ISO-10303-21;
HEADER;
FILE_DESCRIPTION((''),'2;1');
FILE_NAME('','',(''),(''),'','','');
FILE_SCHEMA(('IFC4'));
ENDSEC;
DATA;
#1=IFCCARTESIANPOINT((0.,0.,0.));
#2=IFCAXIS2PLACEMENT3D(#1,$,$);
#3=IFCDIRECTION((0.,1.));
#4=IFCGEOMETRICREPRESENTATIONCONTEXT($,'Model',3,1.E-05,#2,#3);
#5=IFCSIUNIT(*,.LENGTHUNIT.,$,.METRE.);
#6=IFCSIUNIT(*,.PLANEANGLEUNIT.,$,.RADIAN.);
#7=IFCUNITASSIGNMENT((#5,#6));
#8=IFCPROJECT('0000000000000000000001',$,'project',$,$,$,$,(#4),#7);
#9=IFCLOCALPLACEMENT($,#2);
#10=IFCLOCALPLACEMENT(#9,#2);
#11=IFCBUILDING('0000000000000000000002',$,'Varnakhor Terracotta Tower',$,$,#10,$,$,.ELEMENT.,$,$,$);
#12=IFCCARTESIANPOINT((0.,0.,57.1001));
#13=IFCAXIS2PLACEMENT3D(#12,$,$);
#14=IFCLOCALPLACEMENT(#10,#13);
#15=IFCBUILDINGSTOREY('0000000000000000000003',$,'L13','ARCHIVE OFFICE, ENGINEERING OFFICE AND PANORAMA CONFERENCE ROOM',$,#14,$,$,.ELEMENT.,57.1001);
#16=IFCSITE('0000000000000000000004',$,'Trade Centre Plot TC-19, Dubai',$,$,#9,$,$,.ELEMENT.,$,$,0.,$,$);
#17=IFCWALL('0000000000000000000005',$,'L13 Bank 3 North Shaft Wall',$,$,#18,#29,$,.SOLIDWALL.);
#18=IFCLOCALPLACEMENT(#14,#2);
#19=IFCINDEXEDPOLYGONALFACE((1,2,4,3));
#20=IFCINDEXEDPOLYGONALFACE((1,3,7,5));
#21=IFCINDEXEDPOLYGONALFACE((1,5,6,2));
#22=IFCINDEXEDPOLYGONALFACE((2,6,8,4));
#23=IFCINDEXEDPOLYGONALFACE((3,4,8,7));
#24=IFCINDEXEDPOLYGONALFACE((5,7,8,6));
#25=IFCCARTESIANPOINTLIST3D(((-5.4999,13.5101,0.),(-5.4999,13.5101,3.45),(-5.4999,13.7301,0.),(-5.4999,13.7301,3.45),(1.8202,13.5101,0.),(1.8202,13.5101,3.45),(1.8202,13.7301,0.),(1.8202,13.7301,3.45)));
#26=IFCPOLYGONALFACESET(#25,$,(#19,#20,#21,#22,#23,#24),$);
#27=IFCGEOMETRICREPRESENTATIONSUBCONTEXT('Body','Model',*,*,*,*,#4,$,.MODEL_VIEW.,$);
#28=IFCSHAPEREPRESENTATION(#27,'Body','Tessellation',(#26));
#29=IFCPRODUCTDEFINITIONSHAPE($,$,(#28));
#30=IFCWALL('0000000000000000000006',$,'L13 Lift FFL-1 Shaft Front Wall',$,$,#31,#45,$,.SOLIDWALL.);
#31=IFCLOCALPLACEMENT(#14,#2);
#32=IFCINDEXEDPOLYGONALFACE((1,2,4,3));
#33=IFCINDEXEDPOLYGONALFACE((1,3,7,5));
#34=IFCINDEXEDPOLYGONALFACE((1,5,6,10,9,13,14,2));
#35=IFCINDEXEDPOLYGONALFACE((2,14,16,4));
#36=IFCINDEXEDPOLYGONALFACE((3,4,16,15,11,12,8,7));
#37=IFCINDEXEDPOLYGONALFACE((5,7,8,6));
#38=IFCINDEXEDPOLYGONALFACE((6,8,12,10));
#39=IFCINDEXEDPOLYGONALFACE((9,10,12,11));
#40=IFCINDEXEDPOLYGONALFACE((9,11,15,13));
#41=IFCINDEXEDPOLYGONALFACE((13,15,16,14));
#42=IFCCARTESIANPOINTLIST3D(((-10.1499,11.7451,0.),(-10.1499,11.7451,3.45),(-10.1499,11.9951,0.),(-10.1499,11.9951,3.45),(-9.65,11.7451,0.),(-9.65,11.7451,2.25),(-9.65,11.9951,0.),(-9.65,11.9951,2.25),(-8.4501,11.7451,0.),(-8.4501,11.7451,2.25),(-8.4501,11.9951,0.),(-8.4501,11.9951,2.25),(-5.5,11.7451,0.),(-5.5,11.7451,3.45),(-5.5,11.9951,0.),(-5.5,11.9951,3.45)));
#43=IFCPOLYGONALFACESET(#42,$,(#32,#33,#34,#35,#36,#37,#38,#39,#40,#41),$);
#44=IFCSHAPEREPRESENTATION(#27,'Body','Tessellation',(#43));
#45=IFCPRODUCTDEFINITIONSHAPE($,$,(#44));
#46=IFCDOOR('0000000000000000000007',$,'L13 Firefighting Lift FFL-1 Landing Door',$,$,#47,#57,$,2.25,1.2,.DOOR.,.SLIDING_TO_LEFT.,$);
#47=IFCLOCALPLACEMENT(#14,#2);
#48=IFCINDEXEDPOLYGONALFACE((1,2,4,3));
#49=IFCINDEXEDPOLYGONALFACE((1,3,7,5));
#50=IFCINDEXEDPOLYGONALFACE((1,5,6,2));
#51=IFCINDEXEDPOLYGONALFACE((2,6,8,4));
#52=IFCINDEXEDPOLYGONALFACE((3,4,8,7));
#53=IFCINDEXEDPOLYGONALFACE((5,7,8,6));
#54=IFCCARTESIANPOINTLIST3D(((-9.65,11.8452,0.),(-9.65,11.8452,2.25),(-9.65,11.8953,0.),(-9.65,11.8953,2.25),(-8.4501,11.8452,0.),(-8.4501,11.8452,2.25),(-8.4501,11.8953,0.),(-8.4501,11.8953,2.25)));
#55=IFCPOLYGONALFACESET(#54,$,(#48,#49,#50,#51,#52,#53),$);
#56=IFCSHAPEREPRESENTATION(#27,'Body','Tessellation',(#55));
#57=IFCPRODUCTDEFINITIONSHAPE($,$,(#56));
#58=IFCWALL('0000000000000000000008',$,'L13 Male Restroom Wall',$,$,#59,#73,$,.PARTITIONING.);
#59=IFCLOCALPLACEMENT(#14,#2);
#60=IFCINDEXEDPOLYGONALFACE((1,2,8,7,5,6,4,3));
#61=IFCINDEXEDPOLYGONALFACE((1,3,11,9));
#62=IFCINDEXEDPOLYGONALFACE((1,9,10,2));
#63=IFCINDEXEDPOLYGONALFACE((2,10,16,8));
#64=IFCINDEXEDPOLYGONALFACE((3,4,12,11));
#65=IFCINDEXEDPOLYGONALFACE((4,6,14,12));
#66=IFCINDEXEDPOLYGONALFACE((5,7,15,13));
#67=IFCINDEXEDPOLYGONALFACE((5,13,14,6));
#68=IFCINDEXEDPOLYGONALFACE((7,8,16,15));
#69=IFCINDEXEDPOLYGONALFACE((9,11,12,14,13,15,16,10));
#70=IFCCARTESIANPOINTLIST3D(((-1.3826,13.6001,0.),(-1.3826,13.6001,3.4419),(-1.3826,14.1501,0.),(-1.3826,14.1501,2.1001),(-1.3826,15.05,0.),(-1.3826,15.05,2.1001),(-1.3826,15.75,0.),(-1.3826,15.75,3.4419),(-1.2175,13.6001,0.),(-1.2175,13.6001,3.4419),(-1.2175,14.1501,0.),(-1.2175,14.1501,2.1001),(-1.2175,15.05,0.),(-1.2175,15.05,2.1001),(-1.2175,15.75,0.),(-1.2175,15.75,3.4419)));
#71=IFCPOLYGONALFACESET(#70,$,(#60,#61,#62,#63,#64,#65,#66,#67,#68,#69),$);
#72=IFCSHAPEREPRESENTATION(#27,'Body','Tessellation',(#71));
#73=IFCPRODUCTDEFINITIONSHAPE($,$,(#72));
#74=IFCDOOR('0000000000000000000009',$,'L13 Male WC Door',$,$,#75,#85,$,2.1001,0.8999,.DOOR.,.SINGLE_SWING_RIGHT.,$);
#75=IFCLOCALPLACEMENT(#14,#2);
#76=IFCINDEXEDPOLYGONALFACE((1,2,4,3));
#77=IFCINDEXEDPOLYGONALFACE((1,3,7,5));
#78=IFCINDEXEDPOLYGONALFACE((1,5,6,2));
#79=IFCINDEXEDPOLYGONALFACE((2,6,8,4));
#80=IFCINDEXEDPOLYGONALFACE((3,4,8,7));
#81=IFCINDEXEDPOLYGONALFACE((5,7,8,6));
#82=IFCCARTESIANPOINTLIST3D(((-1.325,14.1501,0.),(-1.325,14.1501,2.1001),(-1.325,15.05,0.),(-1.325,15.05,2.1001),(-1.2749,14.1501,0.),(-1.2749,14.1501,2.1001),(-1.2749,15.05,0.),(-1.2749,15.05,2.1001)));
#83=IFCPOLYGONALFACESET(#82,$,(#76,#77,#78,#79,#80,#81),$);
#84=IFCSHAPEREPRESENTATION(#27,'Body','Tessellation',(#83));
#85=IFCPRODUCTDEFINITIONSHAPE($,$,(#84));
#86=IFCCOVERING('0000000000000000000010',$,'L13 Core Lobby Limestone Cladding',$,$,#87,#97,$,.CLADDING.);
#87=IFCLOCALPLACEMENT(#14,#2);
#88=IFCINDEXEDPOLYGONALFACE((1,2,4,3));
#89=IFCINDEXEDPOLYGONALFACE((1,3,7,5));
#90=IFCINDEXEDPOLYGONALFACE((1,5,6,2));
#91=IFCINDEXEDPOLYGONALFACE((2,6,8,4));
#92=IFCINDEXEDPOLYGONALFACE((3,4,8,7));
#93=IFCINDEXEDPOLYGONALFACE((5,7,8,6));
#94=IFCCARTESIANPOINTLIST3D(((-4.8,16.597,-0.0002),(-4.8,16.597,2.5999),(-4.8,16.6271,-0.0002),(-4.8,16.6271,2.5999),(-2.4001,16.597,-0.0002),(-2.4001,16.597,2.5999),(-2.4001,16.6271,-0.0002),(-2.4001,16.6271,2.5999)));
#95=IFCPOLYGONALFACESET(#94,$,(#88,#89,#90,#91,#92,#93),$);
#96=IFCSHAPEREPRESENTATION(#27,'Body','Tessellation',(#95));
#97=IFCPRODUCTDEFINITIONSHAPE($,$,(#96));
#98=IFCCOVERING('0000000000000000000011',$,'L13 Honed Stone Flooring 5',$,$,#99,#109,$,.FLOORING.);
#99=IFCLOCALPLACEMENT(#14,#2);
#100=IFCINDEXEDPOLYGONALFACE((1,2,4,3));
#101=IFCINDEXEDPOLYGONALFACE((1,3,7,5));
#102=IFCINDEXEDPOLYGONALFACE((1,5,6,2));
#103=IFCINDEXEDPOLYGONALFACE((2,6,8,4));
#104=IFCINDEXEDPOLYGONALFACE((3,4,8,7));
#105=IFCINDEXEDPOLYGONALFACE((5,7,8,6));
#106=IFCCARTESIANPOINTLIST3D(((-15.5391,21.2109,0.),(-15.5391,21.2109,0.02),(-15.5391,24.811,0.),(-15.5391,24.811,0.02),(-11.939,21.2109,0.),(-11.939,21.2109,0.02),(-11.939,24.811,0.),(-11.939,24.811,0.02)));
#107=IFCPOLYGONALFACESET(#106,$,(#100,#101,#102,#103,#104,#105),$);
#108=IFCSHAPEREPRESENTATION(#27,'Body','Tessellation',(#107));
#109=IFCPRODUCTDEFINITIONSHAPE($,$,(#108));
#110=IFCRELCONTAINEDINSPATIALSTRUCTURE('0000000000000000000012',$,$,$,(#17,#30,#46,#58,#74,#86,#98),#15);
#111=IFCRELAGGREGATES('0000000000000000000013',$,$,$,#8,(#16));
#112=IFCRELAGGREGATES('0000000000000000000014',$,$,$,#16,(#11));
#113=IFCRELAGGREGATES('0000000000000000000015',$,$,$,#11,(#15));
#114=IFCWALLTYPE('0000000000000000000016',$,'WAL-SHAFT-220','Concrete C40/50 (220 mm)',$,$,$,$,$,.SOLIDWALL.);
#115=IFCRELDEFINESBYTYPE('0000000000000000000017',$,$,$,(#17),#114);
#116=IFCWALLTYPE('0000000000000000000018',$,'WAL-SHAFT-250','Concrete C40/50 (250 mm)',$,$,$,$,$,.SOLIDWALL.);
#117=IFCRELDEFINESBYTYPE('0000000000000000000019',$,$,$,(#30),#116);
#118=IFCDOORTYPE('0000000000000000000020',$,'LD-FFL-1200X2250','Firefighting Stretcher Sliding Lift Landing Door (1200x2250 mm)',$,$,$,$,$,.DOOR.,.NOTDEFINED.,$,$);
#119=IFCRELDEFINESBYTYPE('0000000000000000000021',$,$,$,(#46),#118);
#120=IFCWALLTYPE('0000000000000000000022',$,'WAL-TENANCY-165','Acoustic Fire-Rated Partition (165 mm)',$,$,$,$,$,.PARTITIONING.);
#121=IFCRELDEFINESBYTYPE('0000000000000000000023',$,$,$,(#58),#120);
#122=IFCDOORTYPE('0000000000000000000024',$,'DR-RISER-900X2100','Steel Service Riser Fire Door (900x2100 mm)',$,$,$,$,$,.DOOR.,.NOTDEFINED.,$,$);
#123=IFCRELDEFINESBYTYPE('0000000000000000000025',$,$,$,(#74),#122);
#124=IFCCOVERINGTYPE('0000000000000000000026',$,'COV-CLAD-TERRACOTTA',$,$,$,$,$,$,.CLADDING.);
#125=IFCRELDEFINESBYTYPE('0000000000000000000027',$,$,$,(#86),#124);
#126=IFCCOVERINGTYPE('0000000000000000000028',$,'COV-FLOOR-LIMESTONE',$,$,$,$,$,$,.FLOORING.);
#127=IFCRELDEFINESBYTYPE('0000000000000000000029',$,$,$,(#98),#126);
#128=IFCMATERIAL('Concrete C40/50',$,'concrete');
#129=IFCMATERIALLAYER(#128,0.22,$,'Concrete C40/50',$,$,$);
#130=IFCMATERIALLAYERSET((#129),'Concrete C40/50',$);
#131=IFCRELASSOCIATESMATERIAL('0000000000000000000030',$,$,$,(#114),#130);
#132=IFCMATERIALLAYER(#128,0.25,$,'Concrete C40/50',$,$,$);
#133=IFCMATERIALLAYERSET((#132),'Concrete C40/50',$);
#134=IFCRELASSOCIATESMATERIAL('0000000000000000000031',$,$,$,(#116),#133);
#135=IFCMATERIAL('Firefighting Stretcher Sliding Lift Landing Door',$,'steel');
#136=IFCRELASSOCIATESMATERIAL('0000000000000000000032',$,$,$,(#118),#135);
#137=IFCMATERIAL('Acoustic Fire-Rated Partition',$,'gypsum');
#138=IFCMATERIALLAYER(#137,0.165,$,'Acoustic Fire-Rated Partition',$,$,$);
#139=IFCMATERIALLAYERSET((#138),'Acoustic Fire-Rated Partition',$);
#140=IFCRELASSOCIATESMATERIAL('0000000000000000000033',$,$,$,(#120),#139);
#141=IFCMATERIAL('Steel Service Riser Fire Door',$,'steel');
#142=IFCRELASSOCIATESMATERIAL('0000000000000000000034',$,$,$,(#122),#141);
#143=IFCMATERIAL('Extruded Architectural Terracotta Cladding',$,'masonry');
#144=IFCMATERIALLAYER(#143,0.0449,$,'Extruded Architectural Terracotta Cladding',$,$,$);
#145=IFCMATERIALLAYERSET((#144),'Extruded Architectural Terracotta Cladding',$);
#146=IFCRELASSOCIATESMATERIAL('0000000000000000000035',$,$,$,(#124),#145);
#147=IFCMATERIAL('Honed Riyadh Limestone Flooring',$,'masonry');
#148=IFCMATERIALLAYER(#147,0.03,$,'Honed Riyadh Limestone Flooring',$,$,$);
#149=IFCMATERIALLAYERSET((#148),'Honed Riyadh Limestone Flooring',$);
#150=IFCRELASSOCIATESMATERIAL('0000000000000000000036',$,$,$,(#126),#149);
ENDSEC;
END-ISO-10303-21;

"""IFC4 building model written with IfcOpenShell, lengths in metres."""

from ifc_helpers import new_model, si_unit, direction, frame, frame_2d, origin, origin_2d, place, context, subcontext, project, spatial, rectangle, extrude, source, transform, mapped, material, layer, layer_set, type_object, type_shapes, element, fill, save


model = new_model("IFC4")

# Units and contexts
model_context = context("Model", 3, precision=1e-05, world=origin(), true_north=direction((0.0, 1.0)))
body_context = subcontext(model_context, "Body", "Model", "MODEL_VIEW")
ifc_project = project(units=[si_unit("LENGTHUNIT", "METRE"), si_unit("PLANEANGLEUNIT", "RADIAN")], contexts=[model_context])

# Site, building, storey
site_placement = place(None, origin())
site = spatial("IfcSite", under=ifc_project, at=site_placement, Name="Trade Centre Plot TC-19, Dubai", CompositionType="ELEMENT", RefElevation=0.0)
building_placement = place(site_placement, origin())
building = spatial("IfcBuilding", under=site, at=building_placement, Name="Varnakhor Terracotta Tower", CompositionType="ELEMENT")
storey_placement = place(building_placement, frame((0.0, 0.0, 57.1001)))
storey = spatial("IfcBuildingStorey", under=building, at=storey_placement, Name="L13", Description="ARCHIVE OFFICE, ENGINEERING OFFICE AND PANORAMA CONFERENCE ROOM", CompositionType="ELEMENT", Elevation=57.1001)

# Wall
ifc_material_1 = material(Name="Concrete C40/50", Category="concrete")
ifc_layer_1 = layer(ifc_material_1, 0.22, Name="Concrete C40/50")
ifc_layer_set_1 = layer_set([ifc_layer_1], Name="Concrete C40/50")
wall_type_1 = type_object("IfcWallType", Name="WAL-SHAFT-220", Description="Concrete C40/50 (220 mm)", PredefinedType="SOLIDWALL", material=ifc_layer_set_1)
wall_1_placement = place(storey_placement, frame((-5.5, 13.6201, 0.0), z_axis=(0.0, 0.0, 1.0), x_axis=(1.0, 0.0, 0.0)))
element("IfcWall", 1, at=wall_1_placement, inside=storey, type_object=wall_type_1, Name="L13 Bank 3 North Shaft Wall", PredefinedType="SOLIDWALL", context=body_context, shape_type="SweptSolid", body=[
    extrude(rectangle(XDim=7.3201, YDim=0.22, at=frame_2d((3.6602, 0.0))), origin(), (0.0, 0.0, 1.0), 3.45),
])

# Walls, openings, doors
ifc_layer_2 = layer(ifc_material_1, 0.25, Name="Concrete C40/50")
ifc_layer_set_2 = layer_set([ifc_layer_2], Name="Concrete C40/50")
wall_type_2 = type_object("IfcWallType", Name="WAL-SHAFT-250", Description="Concrete C40/50 (250 mm)", PredefinedType="SOLIDWALL", material=ifc_layer_set_2)
wall_2_placement = place(storey_placement, frame((-5.5, 11.8701, 0.0), z_axis=(0.0, 0.0, 1.0), x_axis=(-1.0, 0.0, 0.0)))
wall_2 = element("IfcWall", 2, at=wall_2_placement, inside=storey, type_object=wall_type_2, Name="L13 Lift FFL-1 Shaft Front Wall", PredefinedType="SOLIDWALL", context=body_context, shape_type="SweptSolid", body=[
    extrude(rectangle(XDim=4.6499, YDim=0.25, at=frame_2d((2.325, 0.0))), origin(), (0.0, 0.0, 1.0), 3.45),
])
opening_1_placement = place(wall_2_placement, frame((2.95, 0.0, 0.0)))
opening_1 = element("IfcOpeningElement", 3, at=opening_1_placement, cuts=wall_2, PredefinedType="OPENING", context=body_context, shape_type="SweptSolid", body=[
    extrude(rectangle(XDim=1.2, YDim=2.25, at=frame_2d((0.6001, 1.125))), frame((0.0, 0.135, 0.0), z_axis=(0.0, -1.0, 0.0), x_axis=(1.0, 0.0, 0.0)), (0.0, 0.0, 1.0), 0.27),
])
ifc_material_2 = material(Name="Firefighting Stretcher Sliding Lift Landing Door", Category="steel")
door_type_1 = type_object("IfcDoorType", Name="LD-FFL-1200X2250", Description="Firefighting Stretcher Sliding Lift Landing Door (1200x2250 mm)", OperationType="NOTDEFINED", PredefinedType="DOOR", material=ifc_material_2)
shared_shape_1 = source(origin(), body_context, "Body", "SweptSolid", [
    extrude(rectangle(XDim=1.2, YDim=2.25, at=frame_2d((0.6001, 1.125))), frame((0.0, 0.0249, 0.0), z_axis=(0.0, -1.0, 0.0), x_axis=(1.0, 0.0, 0.0)), (0.0, 0.0, 1.0), 0.05),
])
type_shapes(door_type_1, [shared_shape_1])
door_1_placement = place(opening_1_placement, origin())
door_1 = element("IfcDoor", 4, at=door_1_placement, inside=storey, type_object=door_type_1, Name="L13 Firefighting Lift FFL-1 Landing Door", OperationType="SLIDING_TO_LEFT", OverallHeight=2.25, OverallWidth=1.2, PredefinedType="DOOR", context=body_context, shape_type="MappedRepresentation", body=[
    mapped(shared_shape_1, transform((0.0, 0.0, 0.0), scale=1.0)),
])
fill(opening_1, door_1)
ifc_material_3 = material(Name="Acoustic Fire-Rated Partition", Category="gypsum")
ifc_layer_3 = layer(ifc_material_3, 0.165, Name="Acoustic Fire-Rated Partition")
ifc_layer_set_3 = layer_set([ifc_layer_3], Name="Acoustic Fire-Rated Partition")
wall_type_3 = type_object("IfcWallType", Name="WAL-TENANCY-165", Description="Acoustic Fire-Rated Partition (165 mm)", PredefinedType="PARTITIONING", material=ifc_layer_set_3)
wall_3_placement = place(storey_placement, frame((-1.3, 13.6001, 0.0), z_axis=(0.0, 0.0, 1.0), x_axis=(0.0, 1.0, 0.0)))
wall_3 = element("IfcWall", 5, at=wall_3_placement, inside=storey, type_object=wall_type_3, Name="L13 Male Restroom Wall", PredefinedType="PARTITIONING", context=body_context, shape_type="SweptSolid", body=[
    extrude(rectangle(XDim=2.1499, YDim=0.165, at=frame_2d((1.075, 0.0))), origin(), (0.0, 0.0, 1.0), 3.4419),
])
opening_2_placement = place(wall_3_placement, frame((0.55, 0.0, 0.0)))
opening_2 = element("IfcOpeningElement", 6, at=opening_2_placement, cuts=wall_3, PredefinedType="OPENING", context=body_context, shape_type="SweptSolid", body=[
    extrude(rectangle(XDim=0.8999, YDim=2.1001, at=frame_2d((0.45, 1.05))), frame((0.0, 0.0925, 0.0), z_axis=(0.0, -1.0, 0.0), x_axis=(1.0, 0.0, 0.0)), (0.0, 0.0, 1.0), 0.1851),
])
ifc_material_4 = material(Name="Steel Service Riser Fire Door", Category="steel")
door_type_2 = type_object("IfcDoorType", Name="DR-RISER-900X2100", Description="Steel Service Riser Fire Door (900x2100 mm)", OperationType="NOTDEFINED", PredefinedType="DOOR", material=ifc_material_4)
shared_shape_2 = source(origin(), body_context, "Body", "SweptSolid", [
    extrude(rectangle(XDim=0.8999, YDim=2.1001, at=frame_2d((0.45, 1.05))), frame((0.0, 0.0249, 0.0), z_axis=(0.0, -1.0, 0.0), x_axis=(1.0, 0.0, 0.0)), (0.0, 0.0, 1.0), 0.05),
])
type_shapes(door_type_2, [shared_shape_2])
door_2_placement = place(opening_2_placement, origin())
door_2 = element("IfcDoor", 7, at=door_2_placement, inside=storey, type_object=door_type_2, Name="L13 Male WC Door", OperationType="SINGLE_SWING_RIGHT", OverallHeight=2.1001, OverallWidth=0.8999, PredefinedType="DOOR", context=body_context, shape_type="MappedRepresentation", body=[
    mapped(shared_shape_2, transform((0.0, 0.0, 0.0), scale=1.0)),
])
fill(opening_2, door_2)

# Coverings
ifc_material_5 = material(Name="Extruded Architectural Terracotta Cladding", Category="masonry")
ifc_layer_4 = layer(ifc_material_5, 0.0449, Name="Extruded Architectural Terracotta Cladding")
ifc_layer_set_4 = layer_set([ifc_layer_4], Name="Extruded Architectural Terracotta Cladding")
covering_type_1 = type_object("IfcCoveringType", Name="COV-CLAD-TERRACOTTA", PredefinedType="CLADDING", material=ifc_layer_set_4)
shared_shape_3 = source(origin(), body_context, "Body", "SweptSolid", [
    extrude(rectangle(XDim=2.3999, YDim=0.03, at=origin_2d()), origin(), (0.0, 0.0, 1.0), 2.6001),
])
type_shapes(covering_type_1, [shared_shape_3])
covering_1_placement = place(storey_placement, frame((-3.6001, 16.6121, -0.0002), z_axis=(0.0, 0.0, 1.0), x_axis=(1.0, 0.0, 0.0)))
element("IfcCovering", 8, at=covering_1_placement, inside=storey, type_object=covering_type_1, Name="L13 Core Lobby Limestone Cladding", PredefinedType="CLADDING", context=body_context, shape_type="MappedRepresentation", body=[
    mapped(shared_shape_3, transform((0.0, 0.0, 0.0), scale=1.0)),
])
ifc_material_6 = material(Name="Honed Riyadh Limestone Flooring", Category="masonry")
ifc_layer_5 = layer(ifc_material_6, 0.03, Name="Honed Riyadh Limestone Flooring")
ifc_layer_set_5 = layer_set([ifc_layer_5], Name="Honed Riyadh Limestone Flooring")
covering_type_2 = type_object("IfcCoveringType", Name="COV-FLOOR-LIMESTONE", PredefinedType="FLOORING", material=ifc_layer_set_5)
shared_shape_4 = source(origin(), body_context, "Body", "SweptSolid", [
    extrude(rectangle(XDim=3.6001, YDim=3.6001, at=origin_2d()), origin(), (0.0, 0.0, 1.0), 0.02),
])
covering_2_placement = place(storey_placement, frame((-13.739, 23.011, 0.0), z_axis=(0.0, 0.0, 1.0), x_axis=(1.0, 0.0, 0.0)))
element("IfcCovering", 9, at=covering_2_placement, inside=storey, type_object=covering_type_2, Name="L13 Honed Stone Flooring 5", PredefinedType="FLOORING", context=body_context, shape_type="MappedRepresentation", body=[
    mapped(shared_shape_4, transform((0.0, 0.0, 0.0), scale=1.0)),
])

save(model, "model.ifc")
